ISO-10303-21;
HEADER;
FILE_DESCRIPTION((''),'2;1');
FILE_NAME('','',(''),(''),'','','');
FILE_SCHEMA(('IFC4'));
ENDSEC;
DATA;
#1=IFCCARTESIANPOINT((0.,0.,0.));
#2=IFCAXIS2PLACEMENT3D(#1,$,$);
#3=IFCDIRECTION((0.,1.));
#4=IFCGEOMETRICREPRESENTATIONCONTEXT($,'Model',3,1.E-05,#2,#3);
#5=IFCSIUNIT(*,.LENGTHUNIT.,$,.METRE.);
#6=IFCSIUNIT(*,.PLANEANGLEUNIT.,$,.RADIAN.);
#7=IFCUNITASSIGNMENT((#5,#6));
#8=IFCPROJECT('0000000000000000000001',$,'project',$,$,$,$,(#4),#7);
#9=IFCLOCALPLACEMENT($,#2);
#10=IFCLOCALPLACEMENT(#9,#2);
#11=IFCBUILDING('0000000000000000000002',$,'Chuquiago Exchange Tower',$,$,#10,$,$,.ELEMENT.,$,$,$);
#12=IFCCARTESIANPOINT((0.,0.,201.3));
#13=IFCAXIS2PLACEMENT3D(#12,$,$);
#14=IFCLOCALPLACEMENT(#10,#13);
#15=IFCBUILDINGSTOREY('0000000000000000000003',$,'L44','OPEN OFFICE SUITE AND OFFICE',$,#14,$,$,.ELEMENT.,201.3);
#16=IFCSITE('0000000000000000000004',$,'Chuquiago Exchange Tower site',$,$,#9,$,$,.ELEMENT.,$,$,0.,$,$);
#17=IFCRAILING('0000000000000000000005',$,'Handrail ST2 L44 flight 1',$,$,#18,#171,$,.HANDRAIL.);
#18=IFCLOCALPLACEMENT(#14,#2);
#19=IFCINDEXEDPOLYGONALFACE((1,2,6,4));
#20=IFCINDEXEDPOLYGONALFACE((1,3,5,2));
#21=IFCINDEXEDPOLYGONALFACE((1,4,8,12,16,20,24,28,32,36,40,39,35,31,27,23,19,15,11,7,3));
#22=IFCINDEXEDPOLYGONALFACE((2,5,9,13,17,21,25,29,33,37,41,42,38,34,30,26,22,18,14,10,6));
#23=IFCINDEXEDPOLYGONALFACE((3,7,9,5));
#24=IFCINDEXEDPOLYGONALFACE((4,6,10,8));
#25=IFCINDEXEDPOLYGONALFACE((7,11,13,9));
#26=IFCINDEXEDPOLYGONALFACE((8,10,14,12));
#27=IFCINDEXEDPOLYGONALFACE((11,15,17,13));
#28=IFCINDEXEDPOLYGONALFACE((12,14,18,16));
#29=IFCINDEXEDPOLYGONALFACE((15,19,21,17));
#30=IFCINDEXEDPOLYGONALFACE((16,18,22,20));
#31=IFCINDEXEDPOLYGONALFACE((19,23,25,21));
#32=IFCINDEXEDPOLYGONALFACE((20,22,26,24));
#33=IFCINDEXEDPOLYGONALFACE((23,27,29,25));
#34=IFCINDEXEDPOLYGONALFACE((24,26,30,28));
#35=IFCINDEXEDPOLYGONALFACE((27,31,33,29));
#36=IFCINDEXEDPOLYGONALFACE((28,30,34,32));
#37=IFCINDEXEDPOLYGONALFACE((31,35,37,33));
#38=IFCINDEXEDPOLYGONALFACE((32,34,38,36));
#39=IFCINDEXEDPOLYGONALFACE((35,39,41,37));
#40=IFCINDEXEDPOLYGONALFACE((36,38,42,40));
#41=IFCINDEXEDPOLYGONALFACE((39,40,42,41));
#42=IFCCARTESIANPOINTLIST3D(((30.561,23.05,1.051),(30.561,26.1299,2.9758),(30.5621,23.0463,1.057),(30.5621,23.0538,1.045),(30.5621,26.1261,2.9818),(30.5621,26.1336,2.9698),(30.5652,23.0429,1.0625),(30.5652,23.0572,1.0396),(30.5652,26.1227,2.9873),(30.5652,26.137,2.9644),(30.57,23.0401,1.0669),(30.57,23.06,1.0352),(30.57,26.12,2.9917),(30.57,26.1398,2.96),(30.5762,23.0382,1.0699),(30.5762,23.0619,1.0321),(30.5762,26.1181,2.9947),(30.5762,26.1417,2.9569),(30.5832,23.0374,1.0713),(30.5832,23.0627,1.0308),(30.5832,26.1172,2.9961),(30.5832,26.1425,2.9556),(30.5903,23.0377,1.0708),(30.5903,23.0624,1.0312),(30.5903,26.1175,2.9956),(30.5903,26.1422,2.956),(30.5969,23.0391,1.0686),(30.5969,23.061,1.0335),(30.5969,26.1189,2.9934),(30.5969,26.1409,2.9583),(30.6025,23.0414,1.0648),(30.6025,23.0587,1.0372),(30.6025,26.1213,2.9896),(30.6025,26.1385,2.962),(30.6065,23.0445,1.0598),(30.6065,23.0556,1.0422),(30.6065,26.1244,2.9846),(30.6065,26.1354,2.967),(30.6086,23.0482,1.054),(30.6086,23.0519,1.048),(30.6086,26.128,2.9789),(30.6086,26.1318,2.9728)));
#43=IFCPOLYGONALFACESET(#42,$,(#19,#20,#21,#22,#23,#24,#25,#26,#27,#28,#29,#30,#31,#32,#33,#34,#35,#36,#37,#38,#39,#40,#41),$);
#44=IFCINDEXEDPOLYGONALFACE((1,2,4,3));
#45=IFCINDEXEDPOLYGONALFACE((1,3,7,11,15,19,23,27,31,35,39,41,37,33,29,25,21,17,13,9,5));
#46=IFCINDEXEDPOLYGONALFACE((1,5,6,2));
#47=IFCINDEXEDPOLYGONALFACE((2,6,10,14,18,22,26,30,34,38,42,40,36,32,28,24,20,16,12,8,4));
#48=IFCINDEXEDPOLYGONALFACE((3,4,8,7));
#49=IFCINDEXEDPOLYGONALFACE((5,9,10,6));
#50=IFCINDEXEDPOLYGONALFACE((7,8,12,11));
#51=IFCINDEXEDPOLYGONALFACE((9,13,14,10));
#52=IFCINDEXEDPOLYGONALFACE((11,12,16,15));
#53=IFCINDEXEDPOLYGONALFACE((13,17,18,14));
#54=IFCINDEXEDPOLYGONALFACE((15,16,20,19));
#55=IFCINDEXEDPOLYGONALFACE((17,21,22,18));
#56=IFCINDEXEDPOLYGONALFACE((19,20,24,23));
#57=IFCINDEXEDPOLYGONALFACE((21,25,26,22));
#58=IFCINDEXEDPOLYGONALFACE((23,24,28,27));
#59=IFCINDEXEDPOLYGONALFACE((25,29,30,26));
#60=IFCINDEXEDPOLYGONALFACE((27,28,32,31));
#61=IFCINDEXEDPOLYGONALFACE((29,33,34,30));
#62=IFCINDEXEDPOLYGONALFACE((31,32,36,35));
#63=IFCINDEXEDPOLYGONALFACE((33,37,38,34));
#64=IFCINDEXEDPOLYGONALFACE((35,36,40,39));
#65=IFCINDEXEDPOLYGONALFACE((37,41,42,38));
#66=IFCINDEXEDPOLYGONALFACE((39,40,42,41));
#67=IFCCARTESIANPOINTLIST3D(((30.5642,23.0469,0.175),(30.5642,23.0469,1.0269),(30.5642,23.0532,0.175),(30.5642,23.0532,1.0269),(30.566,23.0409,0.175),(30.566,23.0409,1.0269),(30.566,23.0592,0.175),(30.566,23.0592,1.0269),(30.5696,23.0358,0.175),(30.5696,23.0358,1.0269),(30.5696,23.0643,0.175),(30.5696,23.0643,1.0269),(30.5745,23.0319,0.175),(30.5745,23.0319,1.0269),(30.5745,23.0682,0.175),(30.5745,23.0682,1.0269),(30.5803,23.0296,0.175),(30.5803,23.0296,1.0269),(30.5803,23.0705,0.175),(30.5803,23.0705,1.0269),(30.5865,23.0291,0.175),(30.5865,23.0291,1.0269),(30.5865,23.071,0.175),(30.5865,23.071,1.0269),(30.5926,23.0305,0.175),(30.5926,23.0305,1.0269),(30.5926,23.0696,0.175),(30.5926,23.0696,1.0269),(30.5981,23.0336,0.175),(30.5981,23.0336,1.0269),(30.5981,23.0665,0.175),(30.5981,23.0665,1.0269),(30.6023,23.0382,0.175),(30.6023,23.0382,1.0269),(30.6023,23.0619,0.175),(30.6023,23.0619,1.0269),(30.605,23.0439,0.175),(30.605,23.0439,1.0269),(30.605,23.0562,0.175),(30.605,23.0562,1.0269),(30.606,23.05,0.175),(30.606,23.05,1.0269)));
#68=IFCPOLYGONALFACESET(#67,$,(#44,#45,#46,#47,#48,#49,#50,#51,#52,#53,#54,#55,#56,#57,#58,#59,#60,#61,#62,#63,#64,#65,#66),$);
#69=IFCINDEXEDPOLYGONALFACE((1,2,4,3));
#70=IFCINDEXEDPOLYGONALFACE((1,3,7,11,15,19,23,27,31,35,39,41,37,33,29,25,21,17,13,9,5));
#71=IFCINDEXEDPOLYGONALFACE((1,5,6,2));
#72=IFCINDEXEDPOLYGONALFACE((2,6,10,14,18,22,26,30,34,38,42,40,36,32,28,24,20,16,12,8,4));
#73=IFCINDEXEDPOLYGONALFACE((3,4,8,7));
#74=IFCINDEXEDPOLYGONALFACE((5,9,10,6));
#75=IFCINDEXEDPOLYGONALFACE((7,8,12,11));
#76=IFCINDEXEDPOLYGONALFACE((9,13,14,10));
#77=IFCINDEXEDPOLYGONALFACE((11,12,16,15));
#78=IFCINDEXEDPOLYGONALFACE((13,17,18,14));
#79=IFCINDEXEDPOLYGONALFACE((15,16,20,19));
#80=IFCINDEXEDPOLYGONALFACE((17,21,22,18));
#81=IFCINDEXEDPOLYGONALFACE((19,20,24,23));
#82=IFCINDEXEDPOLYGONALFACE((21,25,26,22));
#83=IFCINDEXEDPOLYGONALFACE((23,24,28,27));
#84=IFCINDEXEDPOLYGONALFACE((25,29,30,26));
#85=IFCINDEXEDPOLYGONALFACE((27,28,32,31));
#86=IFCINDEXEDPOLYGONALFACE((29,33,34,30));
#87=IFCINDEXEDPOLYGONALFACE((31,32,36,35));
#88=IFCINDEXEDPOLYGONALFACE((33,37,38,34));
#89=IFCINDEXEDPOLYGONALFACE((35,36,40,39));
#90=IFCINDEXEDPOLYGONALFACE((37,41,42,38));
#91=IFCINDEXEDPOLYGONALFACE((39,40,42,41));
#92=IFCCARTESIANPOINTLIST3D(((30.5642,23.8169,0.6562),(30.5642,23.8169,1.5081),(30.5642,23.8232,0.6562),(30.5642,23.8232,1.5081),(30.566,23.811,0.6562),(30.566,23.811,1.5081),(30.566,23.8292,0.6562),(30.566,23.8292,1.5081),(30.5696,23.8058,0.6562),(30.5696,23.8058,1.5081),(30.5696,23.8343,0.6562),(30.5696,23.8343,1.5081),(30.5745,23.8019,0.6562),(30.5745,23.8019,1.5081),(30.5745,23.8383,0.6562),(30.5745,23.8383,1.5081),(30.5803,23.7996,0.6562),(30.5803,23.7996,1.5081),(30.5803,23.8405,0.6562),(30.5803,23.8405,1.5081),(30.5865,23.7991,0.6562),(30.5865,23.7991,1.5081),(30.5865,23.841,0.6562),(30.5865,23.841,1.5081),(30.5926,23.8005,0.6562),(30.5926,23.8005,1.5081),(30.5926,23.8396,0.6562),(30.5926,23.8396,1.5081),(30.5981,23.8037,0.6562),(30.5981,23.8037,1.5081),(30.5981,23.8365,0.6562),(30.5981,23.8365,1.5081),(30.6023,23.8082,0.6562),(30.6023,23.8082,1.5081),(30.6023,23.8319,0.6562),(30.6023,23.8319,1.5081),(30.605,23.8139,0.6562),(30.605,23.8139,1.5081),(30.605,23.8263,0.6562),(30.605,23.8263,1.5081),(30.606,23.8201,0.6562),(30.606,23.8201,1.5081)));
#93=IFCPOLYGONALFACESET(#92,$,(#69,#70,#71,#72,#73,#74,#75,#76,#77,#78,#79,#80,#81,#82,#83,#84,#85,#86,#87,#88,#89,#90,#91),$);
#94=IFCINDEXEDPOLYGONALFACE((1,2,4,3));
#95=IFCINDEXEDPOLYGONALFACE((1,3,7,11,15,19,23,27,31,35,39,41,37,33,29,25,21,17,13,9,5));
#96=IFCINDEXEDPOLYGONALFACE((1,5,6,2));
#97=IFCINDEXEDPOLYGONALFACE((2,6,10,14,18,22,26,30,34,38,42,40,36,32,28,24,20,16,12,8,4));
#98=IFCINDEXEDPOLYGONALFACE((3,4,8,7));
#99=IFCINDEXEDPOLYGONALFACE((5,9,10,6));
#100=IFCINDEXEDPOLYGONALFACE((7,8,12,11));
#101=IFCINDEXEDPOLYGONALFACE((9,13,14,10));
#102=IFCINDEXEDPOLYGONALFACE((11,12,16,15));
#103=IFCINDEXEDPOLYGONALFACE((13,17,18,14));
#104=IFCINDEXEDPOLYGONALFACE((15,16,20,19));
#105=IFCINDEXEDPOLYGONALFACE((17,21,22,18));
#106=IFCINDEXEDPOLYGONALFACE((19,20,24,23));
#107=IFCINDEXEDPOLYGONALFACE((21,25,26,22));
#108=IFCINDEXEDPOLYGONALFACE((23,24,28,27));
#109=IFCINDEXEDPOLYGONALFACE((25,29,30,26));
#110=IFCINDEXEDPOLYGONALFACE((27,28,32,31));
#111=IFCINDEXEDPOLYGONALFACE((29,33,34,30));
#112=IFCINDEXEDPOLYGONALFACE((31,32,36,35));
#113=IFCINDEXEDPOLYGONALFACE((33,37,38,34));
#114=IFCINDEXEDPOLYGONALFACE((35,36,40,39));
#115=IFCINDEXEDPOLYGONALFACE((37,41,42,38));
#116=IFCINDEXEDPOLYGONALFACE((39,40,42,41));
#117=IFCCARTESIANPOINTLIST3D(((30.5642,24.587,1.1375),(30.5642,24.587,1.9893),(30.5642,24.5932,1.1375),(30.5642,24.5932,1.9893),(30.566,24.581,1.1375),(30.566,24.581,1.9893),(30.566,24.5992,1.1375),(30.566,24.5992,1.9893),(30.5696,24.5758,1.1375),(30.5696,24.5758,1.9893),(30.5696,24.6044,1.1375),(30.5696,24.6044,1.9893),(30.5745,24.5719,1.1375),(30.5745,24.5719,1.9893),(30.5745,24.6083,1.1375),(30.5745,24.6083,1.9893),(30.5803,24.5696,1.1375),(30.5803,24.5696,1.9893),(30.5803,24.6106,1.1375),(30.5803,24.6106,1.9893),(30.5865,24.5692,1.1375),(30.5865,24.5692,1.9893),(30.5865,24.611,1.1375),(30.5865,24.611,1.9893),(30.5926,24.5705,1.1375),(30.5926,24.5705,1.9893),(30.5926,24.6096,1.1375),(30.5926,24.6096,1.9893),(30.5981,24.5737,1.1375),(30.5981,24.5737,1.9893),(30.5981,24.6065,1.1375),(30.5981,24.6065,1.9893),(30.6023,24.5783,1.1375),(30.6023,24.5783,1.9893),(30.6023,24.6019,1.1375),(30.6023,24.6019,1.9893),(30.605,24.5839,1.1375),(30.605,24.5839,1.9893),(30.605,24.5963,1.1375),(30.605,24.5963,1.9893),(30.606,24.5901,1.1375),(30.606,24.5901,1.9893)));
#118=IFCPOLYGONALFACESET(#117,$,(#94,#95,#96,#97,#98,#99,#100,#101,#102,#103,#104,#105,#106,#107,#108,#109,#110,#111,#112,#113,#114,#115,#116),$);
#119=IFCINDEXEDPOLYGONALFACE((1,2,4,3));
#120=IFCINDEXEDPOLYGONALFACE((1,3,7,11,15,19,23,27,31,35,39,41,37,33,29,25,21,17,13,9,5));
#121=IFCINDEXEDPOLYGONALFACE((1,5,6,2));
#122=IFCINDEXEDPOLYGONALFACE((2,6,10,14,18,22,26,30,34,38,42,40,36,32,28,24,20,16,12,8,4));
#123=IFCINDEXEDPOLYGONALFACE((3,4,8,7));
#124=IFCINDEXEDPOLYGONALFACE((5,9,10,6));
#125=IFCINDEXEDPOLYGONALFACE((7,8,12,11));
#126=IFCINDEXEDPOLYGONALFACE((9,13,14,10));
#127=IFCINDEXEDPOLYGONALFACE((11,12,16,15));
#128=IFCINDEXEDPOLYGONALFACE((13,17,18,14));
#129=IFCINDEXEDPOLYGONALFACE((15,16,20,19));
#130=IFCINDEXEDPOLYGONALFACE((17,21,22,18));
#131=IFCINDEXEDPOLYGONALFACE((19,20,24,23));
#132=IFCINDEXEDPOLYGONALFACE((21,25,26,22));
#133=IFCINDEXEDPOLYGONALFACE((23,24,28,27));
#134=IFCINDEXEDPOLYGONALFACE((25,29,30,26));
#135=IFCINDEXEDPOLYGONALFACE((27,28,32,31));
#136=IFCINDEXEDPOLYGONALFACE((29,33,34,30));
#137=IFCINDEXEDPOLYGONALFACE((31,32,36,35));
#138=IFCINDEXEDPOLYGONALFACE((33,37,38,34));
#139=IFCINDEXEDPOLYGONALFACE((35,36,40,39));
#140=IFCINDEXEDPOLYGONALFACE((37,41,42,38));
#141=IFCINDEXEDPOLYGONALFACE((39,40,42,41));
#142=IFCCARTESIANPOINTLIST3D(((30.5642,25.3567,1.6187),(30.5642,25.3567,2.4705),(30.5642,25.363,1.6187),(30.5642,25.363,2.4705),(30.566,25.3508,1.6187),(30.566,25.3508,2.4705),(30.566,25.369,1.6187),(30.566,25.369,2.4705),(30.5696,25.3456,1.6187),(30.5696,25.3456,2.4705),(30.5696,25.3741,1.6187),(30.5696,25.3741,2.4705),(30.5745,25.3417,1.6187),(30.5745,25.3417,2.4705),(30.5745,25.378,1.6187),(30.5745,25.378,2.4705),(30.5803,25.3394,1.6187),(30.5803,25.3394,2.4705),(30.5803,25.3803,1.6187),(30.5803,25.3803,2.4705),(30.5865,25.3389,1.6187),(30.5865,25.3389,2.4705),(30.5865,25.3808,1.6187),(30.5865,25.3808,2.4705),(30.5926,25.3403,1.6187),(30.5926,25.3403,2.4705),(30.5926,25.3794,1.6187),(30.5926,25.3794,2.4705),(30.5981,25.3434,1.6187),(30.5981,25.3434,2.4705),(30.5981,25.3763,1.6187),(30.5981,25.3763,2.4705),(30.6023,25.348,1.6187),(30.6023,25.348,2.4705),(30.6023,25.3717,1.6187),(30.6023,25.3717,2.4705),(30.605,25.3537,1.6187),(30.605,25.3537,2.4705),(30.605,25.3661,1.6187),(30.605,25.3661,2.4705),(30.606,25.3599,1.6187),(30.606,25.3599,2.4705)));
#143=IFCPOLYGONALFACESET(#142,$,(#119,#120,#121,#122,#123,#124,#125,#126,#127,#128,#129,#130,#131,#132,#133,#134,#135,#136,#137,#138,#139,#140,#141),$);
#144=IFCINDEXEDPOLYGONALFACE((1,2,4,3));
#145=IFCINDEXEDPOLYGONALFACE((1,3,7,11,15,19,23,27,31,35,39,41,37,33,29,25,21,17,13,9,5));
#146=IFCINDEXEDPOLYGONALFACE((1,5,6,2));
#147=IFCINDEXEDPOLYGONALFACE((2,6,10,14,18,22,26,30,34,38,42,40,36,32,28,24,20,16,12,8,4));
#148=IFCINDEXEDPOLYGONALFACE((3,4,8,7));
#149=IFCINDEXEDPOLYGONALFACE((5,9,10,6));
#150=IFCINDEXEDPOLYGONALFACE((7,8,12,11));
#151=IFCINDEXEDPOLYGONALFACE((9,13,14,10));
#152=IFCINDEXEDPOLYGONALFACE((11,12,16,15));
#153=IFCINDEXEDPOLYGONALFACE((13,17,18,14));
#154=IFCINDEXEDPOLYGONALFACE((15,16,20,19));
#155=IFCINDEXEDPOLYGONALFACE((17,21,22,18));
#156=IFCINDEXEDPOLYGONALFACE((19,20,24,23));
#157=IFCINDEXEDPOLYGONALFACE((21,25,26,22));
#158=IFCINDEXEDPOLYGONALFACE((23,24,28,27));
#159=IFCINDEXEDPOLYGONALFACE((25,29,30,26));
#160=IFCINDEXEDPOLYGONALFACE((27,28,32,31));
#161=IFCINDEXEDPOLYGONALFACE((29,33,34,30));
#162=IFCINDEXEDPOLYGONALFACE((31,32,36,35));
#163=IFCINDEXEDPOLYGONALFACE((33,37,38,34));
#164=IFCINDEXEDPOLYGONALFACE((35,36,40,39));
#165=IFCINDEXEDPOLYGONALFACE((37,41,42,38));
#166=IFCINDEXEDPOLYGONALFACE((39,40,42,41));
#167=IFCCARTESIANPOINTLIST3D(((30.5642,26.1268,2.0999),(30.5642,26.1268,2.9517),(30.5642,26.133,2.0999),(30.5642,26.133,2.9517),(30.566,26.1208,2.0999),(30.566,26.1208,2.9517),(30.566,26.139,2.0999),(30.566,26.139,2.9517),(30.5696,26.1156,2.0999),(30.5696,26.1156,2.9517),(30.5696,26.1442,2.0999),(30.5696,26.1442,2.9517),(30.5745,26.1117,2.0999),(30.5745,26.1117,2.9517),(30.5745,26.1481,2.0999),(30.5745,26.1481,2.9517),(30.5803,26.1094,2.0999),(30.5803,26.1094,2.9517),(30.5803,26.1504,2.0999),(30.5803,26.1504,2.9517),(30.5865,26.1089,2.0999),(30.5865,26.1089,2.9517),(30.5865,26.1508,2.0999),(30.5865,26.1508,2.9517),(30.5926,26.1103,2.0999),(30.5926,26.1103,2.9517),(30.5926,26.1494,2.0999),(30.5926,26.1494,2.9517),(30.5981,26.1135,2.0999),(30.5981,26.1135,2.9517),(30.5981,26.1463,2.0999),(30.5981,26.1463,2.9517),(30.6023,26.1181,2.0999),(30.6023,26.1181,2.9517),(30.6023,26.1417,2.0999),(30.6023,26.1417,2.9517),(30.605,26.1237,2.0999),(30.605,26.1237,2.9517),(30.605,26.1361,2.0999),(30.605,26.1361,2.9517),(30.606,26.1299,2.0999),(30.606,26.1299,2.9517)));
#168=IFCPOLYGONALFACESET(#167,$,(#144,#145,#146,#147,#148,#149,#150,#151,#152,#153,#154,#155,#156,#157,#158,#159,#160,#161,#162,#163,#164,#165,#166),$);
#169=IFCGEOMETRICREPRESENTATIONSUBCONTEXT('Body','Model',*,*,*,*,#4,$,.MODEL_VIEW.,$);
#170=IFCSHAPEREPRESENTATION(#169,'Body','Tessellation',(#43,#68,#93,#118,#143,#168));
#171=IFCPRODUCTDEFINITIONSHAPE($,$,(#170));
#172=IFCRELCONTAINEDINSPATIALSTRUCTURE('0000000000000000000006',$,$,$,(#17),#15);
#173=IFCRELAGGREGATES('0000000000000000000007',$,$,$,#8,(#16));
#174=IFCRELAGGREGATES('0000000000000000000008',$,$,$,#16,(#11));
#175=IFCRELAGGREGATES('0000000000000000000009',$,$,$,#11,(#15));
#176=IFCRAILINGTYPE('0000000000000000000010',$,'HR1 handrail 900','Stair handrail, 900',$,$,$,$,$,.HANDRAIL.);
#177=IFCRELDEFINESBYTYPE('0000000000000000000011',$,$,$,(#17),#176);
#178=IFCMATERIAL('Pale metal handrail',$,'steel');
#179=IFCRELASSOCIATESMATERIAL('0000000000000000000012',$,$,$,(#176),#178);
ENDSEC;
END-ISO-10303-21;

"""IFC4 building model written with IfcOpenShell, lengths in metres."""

from ifc_helpers import new_model, si_unit, direction, frame, origin, origin_2d, place, context, subcontext, project, spatial, circle, extrude, material, type_object, element, save


model = new_model("IFC4")

# Units and contexts
model_context = context("Model", 3, precision=1e-05, world=origin(), true_north=direction((0.0, 1.0)))
body_context = subcontext(model_context, "Body", "Model", "MODEL_VIEW")
ifc_project = project(units=[si_unit("LENGTHUNIT", "METRE"), si_unit("PLANEANGLEUNIT", "RADIAN")], contexts=[model_context])

# Site, building, storey
site_placement = place(None, origin())
site = spatial("IfcSite", under=ifc_project, at=site_placement, Name="Chuquiago Exchange Tower site", CompositionType="ELEMENT", RefElevation=0.0)
building_placement = place(site_placement, origin())
building = spatial("IfcBuilding", under=site, at=building_placement, Name="Chuquiago Exchange Tower", CompositionType="ELEMENT")
storey_placement = place(building_placement, frame((0.0, 0.0, 201.3)))
storey = spatial("IfcBuildingStorey", under=building, at=storey_placement, Name="L44", Description="OPEN OFFICE SUITE AND OFFICE", CompositionType="ELEMENT", Elevation=201.3)

# Railing
ifc_material_1 = material(Name="Pale metal handrail", Category="steel")
railing_type_1 = type_object("IfcRailingType", Name="HR1 handrail 900", Description="Stair handrail, 900", PredefinedType="HANDRAIL", material=ifc_material_1)
railing_1_placement = place(storey_placement, frame((30.585, 23.05, 0.175)))
element("IfcRailing", 1, at=railing_1_placement, inside=storey, type_object=railing_type_1, Name="Handrail ST2 L44 flight 1", PredefinedType="HANDRAIL", context=body_context, shape_type="SweptSolid", body=[
    extrude(circle(Radius=0.0239, at=origin_2d()), frame((0.0, 0.0, 0.876), z_axis=(0.0, 0.84801, 0.529981), x_axis=(-1.0, 0.0, 0.0)), (0.0, 0.0, 1.0), 3.6318),
    extrude(circle(Radius=0.021, at=origin_2d()), origin(), (0.0, 0.0, 1.0), 0.8518),
    extrude(circle(Radius=0.021, at=origin_2d()), frame((0.0, 0.77, 0.4812)), (0.0, 0.0, 1.0), 0.8518),
    extrude(circle(Radius=0.021, at=origin_2d()), frame((0.0, 1.54, 0.9624)), (0.0, 0.0, 1.0), 0.8518),
    extrude(circle(Radius=0.021, at=origin_2d()), frame((0.0, 2.3098, 1.4436)), (0.0, 0.0, 1.0), 0.8518),
    extrude(circle(Radius=0.021, at=origin_2d()), frame((0.0, 3.0798, 1.9248)), (0.0, 0.0, 1.0), 0.8518),
])

save(model, "model.ifc")
